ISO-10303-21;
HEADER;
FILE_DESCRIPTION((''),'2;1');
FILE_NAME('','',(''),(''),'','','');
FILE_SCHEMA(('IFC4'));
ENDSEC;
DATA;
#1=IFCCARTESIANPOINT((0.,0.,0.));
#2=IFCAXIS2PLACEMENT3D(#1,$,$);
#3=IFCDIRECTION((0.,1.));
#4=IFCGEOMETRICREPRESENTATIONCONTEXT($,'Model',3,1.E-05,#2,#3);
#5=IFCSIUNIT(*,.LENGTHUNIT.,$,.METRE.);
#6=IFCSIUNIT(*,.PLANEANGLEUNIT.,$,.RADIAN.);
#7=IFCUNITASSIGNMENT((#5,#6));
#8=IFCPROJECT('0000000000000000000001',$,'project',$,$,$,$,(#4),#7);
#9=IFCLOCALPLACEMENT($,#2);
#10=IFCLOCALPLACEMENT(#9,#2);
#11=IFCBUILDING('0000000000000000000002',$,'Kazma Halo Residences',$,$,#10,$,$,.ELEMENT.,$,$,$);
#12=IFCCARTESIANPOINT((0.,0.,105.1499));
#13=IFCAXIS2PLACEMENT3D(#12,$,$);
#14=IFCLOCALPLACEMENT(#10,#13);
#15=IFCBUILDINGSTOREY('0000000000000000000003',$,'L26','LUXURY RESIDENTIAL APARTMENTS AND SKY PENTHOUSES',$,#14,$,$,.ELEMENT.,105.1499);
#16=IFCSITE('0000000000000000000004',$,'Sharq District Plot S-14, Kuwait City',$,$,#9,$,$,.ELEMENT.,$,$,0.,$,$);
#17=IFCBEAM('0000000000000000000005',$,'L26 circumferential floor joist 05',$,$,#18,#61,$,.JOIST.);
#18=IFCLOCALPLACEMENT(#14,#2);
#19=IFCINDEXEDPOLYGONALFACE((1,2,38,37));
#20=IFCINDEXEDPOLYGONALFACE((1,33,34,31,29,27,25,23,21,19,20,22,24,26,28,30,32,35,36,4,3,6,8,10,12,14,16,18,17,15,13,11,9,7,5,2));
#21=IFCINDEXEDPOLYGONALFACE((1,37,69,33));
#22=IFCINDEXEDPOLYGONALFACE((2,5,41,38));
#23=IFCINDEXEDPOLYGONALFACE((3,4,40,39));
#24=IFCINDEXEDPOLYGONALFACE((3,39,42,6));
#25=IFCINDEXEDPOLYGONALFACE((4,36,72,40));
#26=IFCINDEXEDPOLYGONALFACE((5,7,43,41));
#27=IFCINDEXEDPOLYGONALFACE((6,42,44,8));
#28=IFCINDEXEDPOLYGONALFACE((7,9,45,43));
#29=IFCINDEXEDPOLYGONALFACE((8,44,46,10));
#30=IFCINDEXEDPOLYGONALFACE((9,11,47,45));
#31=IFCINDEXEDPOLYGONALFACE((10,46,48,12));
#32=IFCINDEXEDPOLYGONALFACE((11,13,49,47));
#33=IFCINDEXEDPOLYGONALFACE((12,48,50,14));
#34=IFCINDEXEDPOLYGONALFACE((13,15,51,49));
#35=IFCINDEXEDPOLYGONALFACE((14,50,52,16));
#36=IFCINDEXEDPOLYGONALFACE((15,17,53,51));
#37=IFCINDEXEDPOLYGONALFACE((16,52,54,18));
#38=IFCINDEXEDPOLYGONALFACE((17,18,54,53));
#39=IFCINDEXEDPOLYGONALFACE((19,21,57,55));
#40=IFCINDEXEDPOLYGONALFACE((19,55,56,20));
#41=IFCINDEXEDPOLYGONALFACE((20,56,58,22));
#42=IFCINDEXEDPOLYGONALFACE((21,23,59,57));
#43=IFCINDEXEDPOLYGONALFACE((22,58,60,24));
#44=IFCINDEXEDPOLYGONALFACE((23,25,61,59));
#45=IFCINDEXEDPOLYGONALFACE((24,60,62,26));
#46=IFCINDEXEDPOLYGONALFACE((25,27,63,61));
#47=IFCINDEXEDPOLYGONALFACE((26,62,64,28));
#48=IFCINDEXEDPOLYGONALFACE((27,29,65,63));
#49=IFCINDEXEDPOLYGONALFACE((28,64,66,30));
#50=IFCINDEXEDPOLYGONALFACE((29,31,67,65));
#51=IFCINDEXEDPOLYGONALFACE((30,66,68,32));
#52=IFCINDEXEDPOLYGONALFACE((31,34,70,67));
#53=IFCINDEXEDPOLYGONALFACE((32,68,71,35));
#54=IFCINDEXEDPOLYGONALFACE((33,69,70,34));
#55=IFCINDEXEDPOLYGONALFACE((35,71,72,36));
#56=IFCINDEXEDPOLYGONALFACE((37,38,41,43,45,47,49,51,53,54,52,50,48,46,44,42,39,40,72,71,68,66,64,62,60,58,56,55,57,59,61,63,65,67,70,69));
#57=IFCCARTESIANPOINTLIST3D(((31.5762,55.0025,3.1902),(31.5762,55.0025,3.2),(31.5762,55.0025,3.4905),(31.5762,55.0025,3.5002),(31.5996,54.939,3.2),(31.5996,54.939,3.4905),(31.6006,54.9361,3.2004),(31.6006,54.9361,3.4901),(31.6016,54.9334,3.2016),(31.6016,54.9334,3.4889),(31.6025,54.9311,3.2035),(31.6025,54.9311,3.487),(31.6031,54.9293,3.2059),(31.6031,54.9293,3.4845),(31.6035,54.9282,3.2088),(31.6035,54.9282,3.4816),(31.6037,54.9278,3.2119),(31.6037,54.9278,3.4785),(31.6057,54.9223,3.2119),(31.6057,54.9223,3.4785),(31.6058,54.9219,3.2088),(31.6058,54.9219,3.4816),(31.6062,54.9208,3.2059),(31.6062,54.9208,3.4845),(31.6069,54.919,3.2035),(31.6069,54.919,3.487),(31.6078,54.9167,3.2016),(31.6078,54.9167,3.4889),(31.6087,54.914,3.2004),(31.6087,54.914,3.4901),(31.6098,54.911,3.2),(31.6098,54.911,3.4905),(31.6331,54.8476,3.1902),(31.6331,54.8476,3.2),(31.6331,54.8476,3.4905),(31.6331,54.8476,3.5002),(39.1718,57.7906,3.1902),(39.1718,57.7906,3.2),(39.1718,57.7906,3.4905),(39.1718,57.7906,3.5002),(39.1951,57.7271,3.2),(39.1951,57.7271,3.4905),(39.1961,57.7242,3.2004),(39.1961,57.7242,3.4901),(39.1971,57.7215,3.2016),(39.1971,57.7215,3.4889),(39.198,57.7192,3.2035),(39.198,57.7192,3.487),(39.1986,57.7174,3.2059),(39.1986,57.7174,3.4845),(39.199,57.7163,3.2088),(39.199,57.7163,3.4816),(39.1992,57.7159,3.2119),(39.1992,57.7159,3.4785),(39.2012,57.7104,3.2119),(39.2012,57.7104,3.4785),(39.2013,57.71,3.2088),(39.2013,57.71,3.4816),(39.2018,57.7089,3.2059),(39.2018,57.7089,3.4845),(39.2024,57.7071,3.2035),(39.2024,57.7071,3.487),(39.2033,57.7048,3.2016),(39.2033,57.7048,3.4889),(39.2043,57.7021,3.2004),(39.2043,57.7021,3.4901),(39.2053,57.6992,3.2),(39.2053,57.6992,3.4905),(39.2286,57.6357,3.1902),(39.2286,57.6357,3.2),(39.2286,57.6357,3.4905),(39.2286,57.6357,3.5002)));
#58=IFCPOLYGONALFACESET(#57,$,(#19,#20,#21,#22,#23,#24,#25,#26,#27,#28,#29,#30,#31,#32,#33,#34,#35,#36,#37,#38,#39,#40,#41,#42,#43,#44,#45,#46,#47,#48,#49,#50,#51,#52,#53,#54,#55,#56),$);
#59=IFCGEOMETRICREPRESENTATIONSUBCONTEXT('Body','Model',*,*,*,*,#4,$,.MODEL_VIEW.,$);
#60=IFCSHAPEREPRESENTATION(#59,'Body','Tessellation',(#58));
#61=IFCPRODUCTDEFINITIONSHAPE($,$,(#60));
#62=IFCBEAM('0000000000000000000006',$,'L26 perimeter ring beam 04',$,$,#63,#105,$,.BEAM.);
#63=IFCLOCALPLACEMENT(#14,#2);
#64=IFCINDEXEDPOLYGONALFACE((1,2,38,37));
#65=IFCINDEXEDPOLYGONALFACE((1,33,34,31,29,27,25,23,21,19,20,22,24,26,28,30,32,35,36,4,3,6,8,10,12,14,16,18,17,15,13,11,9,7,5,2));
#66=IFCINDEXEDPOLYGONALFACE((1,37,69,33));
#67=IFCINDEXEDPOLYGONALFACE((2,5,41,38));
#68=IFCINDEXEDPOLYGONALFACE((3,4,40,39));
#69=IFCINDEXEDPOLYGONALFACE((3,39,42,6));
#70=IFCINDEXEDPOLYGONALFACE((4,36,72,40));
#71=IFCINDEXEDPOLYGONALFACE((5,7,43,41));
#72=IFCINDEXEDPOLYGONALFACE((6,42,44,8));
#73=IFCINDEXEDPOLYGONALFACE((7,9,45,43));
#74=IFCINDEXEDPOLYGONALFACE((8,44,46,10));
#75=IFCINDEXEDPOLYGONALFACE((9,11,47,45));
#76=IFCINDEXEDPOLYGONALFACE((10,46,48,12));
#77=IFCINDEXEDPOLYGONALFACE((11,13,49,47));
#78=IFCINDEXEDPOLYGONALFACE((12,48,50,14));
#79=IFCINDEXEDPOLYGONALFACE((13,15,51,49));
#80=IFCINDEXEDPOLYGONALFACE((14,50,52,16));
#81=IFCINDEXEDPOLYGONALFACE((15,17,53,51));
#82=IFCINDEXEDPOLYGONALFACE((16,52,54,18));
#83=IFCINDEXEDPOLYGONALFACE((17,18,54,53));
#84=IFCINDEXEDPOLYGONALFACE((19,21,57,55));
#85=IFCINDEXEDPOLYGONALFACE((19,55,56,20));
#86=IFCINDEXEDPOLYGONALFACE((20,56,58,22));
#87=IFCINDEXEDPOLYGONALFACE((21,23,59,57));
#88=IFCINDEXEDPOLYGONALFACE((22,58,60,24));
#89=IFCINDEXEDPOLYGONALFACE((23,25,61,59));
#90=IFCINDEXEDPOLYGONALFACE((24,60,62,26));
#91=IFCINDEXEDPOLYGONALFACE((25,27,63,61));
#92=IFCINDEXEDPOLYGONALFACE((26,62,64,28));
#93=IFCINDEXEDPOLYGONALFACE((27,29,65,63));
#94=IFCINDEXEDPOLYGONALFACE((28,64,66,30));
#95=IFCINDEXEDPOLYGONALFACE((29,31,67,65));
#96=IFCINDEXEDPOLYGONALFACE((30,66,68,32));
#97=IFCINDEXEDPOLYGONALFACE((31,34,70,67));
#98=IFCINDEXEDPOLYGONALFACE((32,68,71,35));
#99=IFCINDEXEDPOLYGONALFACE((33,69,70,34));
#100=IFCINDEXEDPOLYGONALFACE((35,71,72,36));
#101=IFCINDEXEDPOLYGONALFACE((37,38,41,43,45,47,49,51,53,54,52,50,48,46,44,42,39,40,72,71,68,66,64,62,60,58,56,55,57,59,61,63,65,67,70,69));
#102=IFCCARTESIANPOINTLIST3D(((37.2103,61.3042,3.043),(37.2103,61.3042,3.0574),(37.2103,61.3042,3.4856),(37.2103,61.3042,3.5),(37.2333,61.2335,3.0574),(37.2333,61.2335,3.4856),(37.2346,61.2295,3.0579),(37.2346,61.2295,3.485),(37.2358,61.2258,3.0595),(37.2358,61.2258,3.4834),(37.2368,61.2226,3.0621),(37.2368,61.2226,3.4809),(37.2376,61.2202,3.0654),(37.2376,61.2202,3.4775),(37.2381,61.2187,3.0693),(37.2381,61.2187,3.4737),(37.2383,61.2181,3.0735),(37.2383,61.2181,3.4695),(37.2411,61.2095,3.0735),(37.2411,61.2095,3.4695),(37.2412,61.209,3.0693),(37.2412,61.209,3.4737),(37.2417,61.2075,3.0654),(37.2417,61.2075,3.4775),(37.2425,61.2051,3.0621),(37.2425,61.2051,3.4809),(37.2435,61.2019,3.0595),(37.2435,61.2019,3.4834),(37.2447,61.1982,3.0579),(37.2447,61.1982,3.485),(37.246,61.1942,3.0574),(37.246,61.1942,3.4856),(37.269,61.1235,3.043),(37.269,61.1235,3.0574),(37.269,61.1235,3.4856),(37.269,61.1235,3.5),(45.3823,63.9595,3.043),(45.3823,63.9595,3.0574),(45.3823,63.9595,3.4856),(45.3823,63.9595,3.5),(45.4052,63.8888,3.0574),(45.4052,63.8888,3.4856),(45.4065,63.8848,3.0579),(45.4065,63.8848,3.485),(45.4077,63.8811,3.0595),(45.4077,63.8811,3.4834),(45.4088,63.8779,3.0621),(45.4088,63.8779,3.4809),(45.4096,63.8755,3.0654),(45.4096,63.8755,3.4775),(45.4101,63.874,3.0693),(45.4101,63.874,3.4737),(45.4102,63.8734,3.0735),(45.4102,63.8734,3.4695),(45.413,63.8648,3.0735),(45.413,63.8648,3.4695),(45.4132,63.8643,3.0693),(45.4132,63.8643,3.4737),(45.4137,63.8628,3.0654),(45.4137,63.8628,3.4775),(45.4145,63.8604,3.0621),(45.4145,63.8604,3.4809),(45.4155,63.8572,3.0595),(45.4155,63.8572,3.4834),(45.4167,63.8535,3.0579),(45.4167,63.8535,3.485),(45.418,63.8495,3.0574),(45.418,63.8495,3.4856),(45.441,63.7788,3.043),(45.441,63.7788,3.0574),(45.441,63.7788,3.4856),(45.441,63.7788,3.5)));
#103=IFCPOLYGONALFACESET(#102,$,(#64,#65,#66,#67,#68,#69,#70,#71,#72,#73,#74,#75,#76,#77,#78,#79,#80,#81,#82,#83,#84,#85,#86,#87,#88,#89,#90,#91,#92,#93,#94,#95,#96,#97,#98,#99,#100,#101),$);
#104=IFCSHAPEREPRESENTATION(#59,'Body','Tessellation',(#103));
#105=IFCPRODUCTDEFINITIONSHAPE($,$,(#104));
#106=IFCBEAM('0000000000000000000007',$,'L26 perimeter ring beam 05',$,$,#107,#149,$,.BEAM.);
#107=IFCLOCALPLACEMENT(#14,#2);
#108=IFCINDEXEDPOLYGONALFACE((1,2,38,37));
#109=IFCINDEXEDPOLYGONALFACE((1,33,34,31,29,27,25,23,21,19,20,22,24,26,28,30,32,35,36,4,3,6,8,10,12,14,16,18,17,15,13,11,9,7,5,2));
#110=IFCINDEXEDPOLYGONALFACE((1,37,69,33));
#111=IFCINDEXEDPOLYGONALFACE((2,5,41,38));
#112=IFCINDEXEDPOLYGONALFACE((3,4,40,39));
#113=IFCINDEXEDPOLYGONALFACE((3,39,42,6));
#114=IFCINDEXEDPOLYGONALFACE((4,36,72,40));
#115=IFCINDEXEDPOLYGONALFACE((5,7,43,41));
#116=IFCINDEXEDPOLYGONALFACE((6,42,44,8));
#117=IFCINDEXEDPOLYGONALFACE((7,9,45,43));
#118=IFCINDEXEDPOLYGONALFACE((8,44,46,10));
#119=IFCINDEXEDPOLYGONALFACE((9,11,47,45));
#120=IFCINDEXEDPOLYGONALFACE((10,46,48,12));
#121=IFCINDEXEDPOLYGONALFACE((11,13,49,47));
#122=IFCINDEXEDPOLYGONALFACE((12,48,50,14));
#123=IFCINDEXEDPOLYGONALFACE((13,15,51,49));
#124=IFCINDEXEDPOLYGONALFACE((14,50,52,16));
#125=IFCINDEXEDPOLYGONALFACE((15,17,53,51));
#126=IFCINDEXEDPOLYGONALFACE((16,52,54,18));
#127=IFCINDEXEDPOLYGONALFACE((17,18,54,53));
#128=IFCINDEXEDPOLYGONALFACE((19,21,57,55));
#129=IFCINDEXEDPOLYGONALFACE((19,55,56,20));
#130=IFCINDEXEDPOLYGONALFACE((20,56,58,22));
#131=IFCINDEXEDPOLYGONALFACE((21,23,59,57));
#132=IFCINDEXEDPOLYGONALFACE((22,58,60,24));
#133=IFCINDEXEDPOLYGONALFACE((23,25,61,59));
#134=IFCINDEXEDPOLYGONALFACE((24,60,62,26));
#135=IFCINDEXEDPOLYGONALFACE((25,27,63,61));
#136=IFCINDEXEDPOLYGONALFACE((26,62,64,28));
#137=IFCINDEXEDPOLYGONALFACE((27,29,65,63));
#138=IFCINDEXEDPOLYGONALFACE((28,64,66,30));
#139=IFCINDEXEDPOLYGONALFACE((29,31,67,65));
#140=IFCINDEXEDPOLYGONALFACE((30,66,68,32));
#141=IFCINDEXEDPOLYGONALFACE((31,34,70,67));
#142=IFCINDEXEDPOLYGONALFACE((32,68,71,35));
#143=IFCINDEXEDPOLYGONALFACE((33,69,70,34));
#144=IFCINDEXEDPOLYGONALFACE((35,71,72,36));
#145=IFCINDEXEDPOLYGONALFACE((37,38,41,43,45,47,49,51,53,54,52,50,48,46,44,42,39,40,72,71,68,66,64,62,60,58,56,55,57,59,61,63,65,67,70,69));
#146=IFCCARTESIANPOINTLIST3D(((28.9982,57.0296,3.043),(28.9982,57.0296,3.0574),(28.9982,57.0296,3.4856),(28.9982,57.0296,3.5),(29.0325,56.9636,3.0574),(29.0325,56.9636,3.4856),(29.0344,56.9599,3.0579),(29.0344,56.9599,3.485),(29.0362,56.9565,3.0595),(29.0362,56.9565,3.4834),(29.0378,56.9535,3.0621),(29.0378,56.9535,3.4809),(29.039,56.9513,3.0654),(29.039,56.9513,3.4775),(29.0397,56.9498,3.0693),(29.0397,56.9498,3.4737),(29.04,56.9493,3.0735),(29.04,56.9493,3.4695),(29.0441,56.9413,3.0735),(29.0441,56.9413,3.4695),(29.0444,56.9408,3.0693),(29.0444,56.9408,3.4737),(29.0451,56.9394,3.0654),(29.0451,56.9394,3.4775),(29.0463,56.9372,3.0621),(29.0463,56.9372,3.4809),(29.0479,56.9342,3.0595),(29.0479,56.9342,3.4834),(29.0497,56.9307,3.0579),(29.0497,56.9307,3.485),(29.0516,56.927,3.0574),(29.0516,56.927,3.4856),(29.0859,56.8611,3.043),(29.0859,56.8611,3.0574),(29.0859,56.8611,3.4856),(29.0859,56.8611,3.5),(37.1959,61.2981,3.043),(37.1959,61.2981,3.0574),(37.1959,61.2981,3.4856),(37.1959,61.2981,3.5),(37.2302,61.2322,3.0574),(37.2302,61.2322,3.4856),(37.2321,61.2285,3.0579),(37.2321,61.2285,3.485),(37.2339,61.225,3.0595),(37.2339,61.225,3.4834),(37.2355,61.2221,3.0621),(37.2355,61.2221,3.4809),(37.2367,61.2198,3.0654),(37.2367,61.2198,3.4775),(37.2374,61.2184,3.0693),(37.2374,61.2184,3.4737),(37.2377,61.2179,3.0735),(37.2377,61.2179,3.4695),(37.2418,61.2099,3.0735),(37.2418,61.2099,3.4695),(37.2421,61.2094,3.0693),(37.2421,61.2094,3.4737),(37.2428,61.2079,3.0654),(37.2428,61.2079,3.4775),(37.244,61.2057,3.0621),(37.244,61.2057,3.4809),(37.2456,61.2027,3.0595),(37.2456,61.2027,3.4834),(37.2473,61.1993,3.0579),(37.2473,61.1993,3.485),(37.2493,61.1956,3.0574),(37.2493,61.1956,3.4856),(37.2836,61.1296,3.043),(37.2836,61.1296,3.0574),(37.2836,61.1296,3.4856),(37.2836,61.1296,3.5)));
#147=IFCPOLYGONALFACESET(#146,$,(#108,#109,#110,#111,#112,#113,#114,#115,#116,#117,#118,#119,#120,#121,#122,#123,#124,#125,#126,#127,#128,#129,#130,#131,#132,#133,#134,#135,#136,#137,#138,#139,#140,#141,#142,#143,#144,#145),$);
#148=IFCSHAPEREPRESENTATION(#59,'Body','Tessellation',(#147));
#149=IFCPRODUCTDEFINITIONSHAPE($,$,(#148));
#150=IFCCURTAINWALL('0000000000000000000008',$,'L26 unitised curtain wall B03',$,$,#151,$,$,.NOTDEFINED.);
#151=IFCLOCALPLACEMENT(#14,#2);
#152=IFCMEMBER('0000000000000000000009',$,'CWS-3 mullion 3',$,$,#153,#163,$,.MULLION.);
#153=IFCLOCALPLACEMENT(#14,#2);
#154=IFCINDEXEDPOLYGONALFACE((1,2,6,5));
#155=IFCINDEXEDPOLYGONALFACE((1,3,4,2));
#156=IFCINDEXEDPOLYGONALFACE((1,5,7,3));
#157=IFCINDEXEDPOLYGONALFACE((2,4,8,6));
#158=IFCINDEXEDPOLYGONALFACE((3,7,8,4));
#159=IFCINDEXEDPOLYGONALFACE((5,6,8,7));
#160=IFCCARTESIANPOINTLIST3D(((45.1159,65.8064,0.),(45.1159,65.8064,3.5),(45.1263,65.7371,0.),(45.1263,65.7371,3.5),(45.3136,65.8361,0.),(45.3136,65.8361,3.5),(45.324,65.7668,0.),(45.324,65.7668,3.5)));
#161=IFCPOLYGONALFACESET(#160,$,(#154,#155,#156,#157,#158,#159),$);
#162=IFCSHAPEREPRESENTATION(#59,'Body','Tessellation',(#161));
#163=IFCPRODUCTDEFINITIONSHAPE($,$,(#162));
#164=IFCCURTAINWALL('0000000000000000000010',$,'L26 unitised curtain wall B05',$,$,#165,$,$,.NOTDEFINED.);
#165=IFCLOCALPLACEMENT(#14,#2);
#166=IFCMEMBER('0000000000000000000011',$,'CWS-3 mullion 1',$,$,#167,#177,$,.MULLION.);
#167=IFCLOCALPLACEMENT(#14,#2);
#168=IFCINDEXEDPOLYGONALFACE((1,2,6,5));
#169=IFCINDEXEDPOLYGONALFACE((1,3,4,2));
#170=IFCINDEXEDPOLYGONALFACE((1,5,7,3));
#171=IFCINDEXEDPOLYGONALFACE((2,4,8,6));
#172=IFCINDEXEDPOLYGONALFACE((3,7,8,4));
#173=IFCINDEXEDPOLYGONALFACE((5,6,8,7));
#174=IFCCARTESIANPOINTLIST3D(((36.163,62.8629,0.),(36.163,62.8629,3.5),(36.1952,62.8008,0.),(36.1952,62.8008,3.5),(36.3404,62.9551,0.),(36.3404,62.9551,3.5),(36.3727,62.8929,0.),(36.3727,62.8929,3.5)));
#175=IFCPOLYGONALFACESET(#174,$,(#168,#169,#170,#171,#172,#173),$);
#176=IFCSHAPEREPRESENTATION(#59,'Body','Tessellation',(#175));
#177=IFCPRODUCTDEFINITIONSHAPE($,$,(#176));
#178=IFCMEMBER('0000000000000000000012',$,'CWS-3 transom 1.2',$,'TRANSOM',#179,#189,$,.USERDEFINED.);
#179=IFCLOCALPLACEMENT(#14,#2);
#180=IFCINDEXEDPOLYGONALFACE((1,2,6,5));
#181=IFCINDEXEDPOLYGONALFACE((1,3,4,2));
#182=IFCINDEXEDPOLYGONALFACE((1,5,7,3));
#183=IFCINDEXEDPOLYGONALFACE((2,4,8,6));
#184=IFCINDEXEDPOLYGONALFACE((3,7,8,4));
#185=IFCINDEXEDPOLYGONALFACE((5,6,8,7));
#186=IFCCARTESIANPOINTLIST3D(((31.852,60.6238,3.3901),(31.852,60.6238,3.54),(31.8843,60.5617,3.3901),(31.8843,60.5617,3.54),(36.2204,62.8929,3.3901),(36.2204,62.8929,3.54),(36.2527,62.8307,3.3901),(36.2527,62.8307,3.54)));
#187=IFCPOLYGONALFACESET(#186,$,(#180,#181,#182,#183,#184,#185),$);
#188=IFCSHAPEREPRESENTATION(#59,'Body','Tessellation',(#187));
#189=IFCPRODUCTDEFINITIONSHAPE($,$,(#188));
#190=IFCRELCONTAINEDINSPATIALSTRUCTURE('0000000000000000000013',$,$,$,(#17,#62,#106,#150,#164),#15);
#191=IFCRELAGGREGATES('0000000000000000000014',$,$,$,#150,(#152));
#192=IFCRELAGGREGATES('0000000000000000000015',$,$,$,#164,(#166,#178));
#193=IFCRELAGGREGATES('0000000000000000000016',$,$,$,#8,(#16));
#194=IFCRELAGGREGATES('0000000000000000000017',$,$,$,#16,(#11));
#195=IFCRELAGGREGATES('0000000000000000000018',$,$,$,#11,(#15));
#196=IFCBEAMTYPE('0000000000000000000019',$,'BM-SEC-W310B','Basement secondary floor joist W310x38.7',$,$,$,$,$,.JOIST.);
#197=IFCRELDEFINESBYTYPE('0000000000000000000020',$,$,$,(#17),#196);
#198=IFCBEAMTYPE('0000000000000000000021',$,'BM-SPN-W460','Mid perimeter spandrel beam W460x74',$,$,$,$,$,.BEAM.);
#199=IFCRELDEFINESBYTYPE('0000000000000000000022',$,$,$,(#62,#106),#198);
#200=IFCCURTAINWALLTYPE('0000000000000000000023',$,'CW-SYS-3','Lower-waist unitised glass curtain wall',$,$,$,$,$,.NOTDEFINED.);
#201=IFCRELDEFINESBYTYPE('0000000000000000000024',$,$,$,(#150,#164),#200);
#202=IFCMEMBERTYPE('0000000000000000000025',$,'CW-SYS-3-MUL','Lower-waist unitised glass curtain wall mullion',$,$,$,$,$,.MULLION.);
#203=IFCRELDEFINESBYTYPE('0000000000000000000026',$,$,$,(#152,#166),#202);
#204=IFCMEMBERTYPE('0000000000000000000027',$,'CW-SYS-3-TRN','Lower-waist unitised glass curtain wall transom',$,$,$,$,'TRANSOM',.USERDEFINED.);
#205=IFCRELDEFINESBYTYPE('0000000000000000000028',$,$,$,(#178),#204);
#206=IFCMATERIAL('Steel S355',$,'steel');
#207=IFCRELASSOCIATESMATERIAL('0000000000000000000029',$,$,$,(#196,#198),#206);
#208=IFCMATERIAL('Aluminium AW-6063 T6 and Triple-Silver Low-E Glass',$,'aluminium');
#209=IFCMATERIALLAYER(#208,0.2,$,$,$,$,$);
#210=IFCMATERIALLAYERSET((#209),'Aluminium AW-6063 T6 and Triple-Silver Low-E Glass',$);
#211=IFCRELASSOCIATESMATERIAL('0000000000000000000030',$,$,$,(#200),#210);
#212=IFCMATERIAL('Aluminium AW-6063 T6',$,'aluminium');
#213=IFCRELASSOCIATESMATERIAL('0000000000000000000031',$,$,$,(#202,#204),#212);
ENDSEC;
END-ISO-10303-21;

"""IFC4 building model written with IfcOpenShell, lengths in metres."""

from ifc_helpers import new_model, si_unit, direction, frame, origin, origin_2d, place, context, subcontext, project, spatial, rectangle, i_section, extrude, material, layer, layer_set, material_profile, profile_set, type_object, element, aggregate, save


model = new_model("IFC4")

# Units and contexts
model_context = context("Model", 3, precision=1e-05, world=origin(), true_north=direction((0.0, 1.0)))
body_context = subcontext(model_context, "Body", "Model", "MODEL_VIEW")
ifc_project = project(units=[si_unit("LENGTHUNIT", "METRE"), si_unit("PLANEANGLEUNIT", "RADIAN")], contexts=[model_context])

# Site, building, storey
site_placement = place(None, origin())
site = spatial("IfcSite", under=ifc_project, at=site_placement, Name="Sharq District Plot S-14, Kuwait City", CompositionType="ELEMENT", RefElevation=0.0)
building_placement = place(site_placement, origin())
building = spatial("IfcBuilding", under=site, at=building_placement, Name="Kazma Halo Residences", CompositionType="ELEMENT")
storey_placement = place(building_placement, frame((0.0, 0.0, 105.1499)))
storey = spatial("IfcBuildingStorey", under=building, at=storey_placement, Name="L26", Description="LUXURY RESIDENTIAL APARTMENTS AND SKY PENTHOUSES", CompositionType="ELEMENT", Elevation=105.1499)

# Beams
ifc_material_1 = material(Name="Steel S355", Category="steel")
ifc_material_profile_1 = material_profile(ifc_material_1, i_section(OverallWidth=0.165, OverallDepth=0.3101, WebThickness=0.0059, FlangeThickness=0.0098, FilletRadius=0.012, at=origin_2d()), Name="W310x38.7")
ifc_profile_set_1 = profile_set([ifc_material_profile_1], Name="Steel S355")
beam_type_1 = type_object("IfcBeamType", Name="BM-SEC-W310B", Description="Basement secondary floor joist W310x38.7", PredefinedType="JOIST", material=ifc_profile_set_1)
beam_1_placement = place(storey_placement, frame((39.2002, 57.7131, 3.3452), z_axis=(-0.938753, -0.344591, 0.0), x_axis=(0.344591, -0.938753, 0.0)))
element("IfcBeam", 1, at=beam_1_placement, inside=storey, type_object=beam_type_1, Name="L26 circumferential floor joist 05", PredefinedType="JOIST", context=body_context, shape_type="SweptSolid", body=[
    extrude(i_section(OverallWidth=0.165, OverallDepth=0.3101, WebThickness=0.0059, FlangeThickness=0.0098, FilletRadius=0.012, at=origin_2d()), origin(), (0.0, 0.0, 1.0), 8.0911),
])
ifc_material_profile_2 = material_profile(ifc_material_1, i_section(OverallWidth=0.1899, OverallDepth=0.457, WebThickness=0.009, FlangeThickness=0.0144, FilletRadius=0.0161, at=origin_2d()), Name="W460x74")
ifc_profile_set_2 = profile_set([ifc_material_profile_2], Name="Steel S355")
beam_type_2 = type_object("IfcBeamType", Name="BM-SPN-W460", Description="Mid perimeter spandrel beam W460x74", PredefinedType="BEAM", material=ifc_profile_set_2)
beam_2_placement = place(storey_placement, frame((45.4116, 63.8691, 3.2715), z_axis=(-0.951054, -0.309024, 0.0), x_axis=(0.309024, -0.951054, 0.0)))
element("IfcBeam", 2, at=beam_2_placement, inside=storey, type_object=beam_type_2, Name="L26 perimeter ring beam 04", PredefinedType="BEAM", context=body_context, shape_type="SweptSolid", body=[
    extrude(i_section(OverallWidth=0.1899, OverallDepth=0.457, WebThickness=0.009, FlangeThickness=0.0144, FilletRadius=0.0161, at=origin_2d()), origin(), (0.0, 0.0, 1.0), 8.5925),
])
beam_3_placement = place(storey_placement, frame((37.2397, 61.2139, 3.2715), z_axis=(-0.886963, -0.46184, 0.0), x_axis=(0.46184, -0.886963, 0.0)))
element("IfcBeam", 3, at=beam_3_placement, inside=storey, type_object=beam_type_2, Name="L26 perimeter ring beam 05", PredefinedType="BEAM", context=body_context, shape_type="SweptSolid", body=[
    extrude(i_section(OverallWidth=0.1899, OverallDepth=0.457, WebThickness=0.009, FlangeThickness=0.0144, FilletRadius=0.0161, at=origin_2d()), origin(), (0.0, 0.0, 1.0), 9.2424),
])

# Curtain wall, member
ifc_material_2 = material(Name="Aluminium AW-6063 T6 and Triple-Silver Low-E Glass", Category="aluminium")
ifc_layer_1 = layer(ifc_material_2, 0.2)
ifc_layer_set_1 = layer_set([ifc_layer_1], Name="Aluminium AW-6063 T6 and Triple-Silver Low-E Glass")
curtain_wall_type = type_object("IfcCurtainWallType", Name="CW-SYS-3", Description="Lower-waist unitised glass curtain wall", PredefinedType="NOTDEFINED", material=ifc_layer_set_1)
curtain_wall_1_placement = place(storey_placement, origin())
curtain_wall_1 = element("IfcCurtainWall", 4, at=curtain_wall_1_placement, inside=storey, type_object=curtain_wall_type, Name="L26 unitised curtain wall B03", PredefinedType="NOTDEFINED")
ifc_material_3 = material(Name="Aluminium AW-6063 T6", Category="aluminium")
ifc_material_profile_3 = material_profile(ifc_material_3, rectangle(XDim=0.0701, YDim=0.2, at=origin_2d()), Name="CWM-70x200")
ifc_profile_set_3 = profile_set([ifc_material_profile_3], Name="Aluminium AW-6063 T6")
member_type_1 = type_object("IfcMemberType", Name="CW-SYS-3-MUL", Description="Lower-waist unitised glass curtain wall mullion", PredefinedType="MULLION", material=ifc_profile_set_3)
member_1_placement = place(storey_placement, frame((45.22, 65.7866, 0.0), z_axis=(0.0, 0.0, 1.0), x_axis=(0.148717, -0.98888, 0.0)))
member_1 = element("IfcMember", 5, at=member_1_placement, type_object=member_type_1, Name="CWS-3 mullion 3", PredefinedType="MULLION", context=body_context, shape_type="SweptSolid", body=[
    extrude(rectangle(XDim=0.0701, YDim=0.2, at=origin_2d()), origin(), (0.0, 0.0, 1.0), 3.5),
])
aggregate(curtain_wall_1, [member_1])

# Curtain wall, members
curtain_wall_2_placement = place(storey_placement, origin())
curtain_wall_2 = element("IfcCurtainWall", 6, at=curtain_wall_2_placement, inside=storey, type_object=curtain_wall_type, Name="L26 unitised curtain wall B05", PredefinedType="NOTDEFINED")
member_2_placement = place(storey_placement, frame((36.2678, 62.8779, 0.0), z_axis=(0.0, 0.0, 1.0), x_axis=(0.460932, -0.887435, 0.0)))
member_2 = element("IfcMember", 7, at=member_2_placement, type_object=member_type_1, Name="CWS-3 mullion 1", PredefinedType="MULLION", context=body_context, shape_type="SweptSolid", body=[
    extrude(rectangle(XDim=0.0701, YDim=0.2, at=origin_2d()), origin(), (0.0, 0.0, 1.0), 3.5),
])
ifc_material_profile_4 = material_profile(ifc_material_3, rectangle(XDim=0.0701, YDim=0.1499, at=origin_2d()), Name="CWT-70x150")
ifc_profile_set_4 = profile_set([ifc_material_profile_4], Name="Aluminium AW-6063 T6")
member_type_2 = type_object("IfcMemberType", Name="CW-SYS-3-TRN", Description="Lower-waist unitised glass curtain wall transom", ElementType="TRANSOM", PredefinedType="USERDEFINED", material=ifc_profile_set_4)
member_3_placement = place(storey_placement, frame((36.2366, 62.8618, 3.4651), z_axis=(-0.887427, -0.460948, 0.0), x_axis=(0.460948, -0.887427, 0.0)))
member_3 = element("IfcMember", 8, at=member_3_placement, type_object=member_type_2, Name="CWS-3 transom 1.2", ObjectType="TRANSOM", PredefinedType="USERDEFINED", context=body_context, shape_type="SweptSolid", body=[
    extrude(rectangle(XDim=0.0701, YDim=0.1499, at=origin_2d()), origin(), (0.0, 0.0, 1.0), 4.9226),
])
aggregate(curtain_wall_2, [member_2, member_3])

save(model, "model.ifc")
